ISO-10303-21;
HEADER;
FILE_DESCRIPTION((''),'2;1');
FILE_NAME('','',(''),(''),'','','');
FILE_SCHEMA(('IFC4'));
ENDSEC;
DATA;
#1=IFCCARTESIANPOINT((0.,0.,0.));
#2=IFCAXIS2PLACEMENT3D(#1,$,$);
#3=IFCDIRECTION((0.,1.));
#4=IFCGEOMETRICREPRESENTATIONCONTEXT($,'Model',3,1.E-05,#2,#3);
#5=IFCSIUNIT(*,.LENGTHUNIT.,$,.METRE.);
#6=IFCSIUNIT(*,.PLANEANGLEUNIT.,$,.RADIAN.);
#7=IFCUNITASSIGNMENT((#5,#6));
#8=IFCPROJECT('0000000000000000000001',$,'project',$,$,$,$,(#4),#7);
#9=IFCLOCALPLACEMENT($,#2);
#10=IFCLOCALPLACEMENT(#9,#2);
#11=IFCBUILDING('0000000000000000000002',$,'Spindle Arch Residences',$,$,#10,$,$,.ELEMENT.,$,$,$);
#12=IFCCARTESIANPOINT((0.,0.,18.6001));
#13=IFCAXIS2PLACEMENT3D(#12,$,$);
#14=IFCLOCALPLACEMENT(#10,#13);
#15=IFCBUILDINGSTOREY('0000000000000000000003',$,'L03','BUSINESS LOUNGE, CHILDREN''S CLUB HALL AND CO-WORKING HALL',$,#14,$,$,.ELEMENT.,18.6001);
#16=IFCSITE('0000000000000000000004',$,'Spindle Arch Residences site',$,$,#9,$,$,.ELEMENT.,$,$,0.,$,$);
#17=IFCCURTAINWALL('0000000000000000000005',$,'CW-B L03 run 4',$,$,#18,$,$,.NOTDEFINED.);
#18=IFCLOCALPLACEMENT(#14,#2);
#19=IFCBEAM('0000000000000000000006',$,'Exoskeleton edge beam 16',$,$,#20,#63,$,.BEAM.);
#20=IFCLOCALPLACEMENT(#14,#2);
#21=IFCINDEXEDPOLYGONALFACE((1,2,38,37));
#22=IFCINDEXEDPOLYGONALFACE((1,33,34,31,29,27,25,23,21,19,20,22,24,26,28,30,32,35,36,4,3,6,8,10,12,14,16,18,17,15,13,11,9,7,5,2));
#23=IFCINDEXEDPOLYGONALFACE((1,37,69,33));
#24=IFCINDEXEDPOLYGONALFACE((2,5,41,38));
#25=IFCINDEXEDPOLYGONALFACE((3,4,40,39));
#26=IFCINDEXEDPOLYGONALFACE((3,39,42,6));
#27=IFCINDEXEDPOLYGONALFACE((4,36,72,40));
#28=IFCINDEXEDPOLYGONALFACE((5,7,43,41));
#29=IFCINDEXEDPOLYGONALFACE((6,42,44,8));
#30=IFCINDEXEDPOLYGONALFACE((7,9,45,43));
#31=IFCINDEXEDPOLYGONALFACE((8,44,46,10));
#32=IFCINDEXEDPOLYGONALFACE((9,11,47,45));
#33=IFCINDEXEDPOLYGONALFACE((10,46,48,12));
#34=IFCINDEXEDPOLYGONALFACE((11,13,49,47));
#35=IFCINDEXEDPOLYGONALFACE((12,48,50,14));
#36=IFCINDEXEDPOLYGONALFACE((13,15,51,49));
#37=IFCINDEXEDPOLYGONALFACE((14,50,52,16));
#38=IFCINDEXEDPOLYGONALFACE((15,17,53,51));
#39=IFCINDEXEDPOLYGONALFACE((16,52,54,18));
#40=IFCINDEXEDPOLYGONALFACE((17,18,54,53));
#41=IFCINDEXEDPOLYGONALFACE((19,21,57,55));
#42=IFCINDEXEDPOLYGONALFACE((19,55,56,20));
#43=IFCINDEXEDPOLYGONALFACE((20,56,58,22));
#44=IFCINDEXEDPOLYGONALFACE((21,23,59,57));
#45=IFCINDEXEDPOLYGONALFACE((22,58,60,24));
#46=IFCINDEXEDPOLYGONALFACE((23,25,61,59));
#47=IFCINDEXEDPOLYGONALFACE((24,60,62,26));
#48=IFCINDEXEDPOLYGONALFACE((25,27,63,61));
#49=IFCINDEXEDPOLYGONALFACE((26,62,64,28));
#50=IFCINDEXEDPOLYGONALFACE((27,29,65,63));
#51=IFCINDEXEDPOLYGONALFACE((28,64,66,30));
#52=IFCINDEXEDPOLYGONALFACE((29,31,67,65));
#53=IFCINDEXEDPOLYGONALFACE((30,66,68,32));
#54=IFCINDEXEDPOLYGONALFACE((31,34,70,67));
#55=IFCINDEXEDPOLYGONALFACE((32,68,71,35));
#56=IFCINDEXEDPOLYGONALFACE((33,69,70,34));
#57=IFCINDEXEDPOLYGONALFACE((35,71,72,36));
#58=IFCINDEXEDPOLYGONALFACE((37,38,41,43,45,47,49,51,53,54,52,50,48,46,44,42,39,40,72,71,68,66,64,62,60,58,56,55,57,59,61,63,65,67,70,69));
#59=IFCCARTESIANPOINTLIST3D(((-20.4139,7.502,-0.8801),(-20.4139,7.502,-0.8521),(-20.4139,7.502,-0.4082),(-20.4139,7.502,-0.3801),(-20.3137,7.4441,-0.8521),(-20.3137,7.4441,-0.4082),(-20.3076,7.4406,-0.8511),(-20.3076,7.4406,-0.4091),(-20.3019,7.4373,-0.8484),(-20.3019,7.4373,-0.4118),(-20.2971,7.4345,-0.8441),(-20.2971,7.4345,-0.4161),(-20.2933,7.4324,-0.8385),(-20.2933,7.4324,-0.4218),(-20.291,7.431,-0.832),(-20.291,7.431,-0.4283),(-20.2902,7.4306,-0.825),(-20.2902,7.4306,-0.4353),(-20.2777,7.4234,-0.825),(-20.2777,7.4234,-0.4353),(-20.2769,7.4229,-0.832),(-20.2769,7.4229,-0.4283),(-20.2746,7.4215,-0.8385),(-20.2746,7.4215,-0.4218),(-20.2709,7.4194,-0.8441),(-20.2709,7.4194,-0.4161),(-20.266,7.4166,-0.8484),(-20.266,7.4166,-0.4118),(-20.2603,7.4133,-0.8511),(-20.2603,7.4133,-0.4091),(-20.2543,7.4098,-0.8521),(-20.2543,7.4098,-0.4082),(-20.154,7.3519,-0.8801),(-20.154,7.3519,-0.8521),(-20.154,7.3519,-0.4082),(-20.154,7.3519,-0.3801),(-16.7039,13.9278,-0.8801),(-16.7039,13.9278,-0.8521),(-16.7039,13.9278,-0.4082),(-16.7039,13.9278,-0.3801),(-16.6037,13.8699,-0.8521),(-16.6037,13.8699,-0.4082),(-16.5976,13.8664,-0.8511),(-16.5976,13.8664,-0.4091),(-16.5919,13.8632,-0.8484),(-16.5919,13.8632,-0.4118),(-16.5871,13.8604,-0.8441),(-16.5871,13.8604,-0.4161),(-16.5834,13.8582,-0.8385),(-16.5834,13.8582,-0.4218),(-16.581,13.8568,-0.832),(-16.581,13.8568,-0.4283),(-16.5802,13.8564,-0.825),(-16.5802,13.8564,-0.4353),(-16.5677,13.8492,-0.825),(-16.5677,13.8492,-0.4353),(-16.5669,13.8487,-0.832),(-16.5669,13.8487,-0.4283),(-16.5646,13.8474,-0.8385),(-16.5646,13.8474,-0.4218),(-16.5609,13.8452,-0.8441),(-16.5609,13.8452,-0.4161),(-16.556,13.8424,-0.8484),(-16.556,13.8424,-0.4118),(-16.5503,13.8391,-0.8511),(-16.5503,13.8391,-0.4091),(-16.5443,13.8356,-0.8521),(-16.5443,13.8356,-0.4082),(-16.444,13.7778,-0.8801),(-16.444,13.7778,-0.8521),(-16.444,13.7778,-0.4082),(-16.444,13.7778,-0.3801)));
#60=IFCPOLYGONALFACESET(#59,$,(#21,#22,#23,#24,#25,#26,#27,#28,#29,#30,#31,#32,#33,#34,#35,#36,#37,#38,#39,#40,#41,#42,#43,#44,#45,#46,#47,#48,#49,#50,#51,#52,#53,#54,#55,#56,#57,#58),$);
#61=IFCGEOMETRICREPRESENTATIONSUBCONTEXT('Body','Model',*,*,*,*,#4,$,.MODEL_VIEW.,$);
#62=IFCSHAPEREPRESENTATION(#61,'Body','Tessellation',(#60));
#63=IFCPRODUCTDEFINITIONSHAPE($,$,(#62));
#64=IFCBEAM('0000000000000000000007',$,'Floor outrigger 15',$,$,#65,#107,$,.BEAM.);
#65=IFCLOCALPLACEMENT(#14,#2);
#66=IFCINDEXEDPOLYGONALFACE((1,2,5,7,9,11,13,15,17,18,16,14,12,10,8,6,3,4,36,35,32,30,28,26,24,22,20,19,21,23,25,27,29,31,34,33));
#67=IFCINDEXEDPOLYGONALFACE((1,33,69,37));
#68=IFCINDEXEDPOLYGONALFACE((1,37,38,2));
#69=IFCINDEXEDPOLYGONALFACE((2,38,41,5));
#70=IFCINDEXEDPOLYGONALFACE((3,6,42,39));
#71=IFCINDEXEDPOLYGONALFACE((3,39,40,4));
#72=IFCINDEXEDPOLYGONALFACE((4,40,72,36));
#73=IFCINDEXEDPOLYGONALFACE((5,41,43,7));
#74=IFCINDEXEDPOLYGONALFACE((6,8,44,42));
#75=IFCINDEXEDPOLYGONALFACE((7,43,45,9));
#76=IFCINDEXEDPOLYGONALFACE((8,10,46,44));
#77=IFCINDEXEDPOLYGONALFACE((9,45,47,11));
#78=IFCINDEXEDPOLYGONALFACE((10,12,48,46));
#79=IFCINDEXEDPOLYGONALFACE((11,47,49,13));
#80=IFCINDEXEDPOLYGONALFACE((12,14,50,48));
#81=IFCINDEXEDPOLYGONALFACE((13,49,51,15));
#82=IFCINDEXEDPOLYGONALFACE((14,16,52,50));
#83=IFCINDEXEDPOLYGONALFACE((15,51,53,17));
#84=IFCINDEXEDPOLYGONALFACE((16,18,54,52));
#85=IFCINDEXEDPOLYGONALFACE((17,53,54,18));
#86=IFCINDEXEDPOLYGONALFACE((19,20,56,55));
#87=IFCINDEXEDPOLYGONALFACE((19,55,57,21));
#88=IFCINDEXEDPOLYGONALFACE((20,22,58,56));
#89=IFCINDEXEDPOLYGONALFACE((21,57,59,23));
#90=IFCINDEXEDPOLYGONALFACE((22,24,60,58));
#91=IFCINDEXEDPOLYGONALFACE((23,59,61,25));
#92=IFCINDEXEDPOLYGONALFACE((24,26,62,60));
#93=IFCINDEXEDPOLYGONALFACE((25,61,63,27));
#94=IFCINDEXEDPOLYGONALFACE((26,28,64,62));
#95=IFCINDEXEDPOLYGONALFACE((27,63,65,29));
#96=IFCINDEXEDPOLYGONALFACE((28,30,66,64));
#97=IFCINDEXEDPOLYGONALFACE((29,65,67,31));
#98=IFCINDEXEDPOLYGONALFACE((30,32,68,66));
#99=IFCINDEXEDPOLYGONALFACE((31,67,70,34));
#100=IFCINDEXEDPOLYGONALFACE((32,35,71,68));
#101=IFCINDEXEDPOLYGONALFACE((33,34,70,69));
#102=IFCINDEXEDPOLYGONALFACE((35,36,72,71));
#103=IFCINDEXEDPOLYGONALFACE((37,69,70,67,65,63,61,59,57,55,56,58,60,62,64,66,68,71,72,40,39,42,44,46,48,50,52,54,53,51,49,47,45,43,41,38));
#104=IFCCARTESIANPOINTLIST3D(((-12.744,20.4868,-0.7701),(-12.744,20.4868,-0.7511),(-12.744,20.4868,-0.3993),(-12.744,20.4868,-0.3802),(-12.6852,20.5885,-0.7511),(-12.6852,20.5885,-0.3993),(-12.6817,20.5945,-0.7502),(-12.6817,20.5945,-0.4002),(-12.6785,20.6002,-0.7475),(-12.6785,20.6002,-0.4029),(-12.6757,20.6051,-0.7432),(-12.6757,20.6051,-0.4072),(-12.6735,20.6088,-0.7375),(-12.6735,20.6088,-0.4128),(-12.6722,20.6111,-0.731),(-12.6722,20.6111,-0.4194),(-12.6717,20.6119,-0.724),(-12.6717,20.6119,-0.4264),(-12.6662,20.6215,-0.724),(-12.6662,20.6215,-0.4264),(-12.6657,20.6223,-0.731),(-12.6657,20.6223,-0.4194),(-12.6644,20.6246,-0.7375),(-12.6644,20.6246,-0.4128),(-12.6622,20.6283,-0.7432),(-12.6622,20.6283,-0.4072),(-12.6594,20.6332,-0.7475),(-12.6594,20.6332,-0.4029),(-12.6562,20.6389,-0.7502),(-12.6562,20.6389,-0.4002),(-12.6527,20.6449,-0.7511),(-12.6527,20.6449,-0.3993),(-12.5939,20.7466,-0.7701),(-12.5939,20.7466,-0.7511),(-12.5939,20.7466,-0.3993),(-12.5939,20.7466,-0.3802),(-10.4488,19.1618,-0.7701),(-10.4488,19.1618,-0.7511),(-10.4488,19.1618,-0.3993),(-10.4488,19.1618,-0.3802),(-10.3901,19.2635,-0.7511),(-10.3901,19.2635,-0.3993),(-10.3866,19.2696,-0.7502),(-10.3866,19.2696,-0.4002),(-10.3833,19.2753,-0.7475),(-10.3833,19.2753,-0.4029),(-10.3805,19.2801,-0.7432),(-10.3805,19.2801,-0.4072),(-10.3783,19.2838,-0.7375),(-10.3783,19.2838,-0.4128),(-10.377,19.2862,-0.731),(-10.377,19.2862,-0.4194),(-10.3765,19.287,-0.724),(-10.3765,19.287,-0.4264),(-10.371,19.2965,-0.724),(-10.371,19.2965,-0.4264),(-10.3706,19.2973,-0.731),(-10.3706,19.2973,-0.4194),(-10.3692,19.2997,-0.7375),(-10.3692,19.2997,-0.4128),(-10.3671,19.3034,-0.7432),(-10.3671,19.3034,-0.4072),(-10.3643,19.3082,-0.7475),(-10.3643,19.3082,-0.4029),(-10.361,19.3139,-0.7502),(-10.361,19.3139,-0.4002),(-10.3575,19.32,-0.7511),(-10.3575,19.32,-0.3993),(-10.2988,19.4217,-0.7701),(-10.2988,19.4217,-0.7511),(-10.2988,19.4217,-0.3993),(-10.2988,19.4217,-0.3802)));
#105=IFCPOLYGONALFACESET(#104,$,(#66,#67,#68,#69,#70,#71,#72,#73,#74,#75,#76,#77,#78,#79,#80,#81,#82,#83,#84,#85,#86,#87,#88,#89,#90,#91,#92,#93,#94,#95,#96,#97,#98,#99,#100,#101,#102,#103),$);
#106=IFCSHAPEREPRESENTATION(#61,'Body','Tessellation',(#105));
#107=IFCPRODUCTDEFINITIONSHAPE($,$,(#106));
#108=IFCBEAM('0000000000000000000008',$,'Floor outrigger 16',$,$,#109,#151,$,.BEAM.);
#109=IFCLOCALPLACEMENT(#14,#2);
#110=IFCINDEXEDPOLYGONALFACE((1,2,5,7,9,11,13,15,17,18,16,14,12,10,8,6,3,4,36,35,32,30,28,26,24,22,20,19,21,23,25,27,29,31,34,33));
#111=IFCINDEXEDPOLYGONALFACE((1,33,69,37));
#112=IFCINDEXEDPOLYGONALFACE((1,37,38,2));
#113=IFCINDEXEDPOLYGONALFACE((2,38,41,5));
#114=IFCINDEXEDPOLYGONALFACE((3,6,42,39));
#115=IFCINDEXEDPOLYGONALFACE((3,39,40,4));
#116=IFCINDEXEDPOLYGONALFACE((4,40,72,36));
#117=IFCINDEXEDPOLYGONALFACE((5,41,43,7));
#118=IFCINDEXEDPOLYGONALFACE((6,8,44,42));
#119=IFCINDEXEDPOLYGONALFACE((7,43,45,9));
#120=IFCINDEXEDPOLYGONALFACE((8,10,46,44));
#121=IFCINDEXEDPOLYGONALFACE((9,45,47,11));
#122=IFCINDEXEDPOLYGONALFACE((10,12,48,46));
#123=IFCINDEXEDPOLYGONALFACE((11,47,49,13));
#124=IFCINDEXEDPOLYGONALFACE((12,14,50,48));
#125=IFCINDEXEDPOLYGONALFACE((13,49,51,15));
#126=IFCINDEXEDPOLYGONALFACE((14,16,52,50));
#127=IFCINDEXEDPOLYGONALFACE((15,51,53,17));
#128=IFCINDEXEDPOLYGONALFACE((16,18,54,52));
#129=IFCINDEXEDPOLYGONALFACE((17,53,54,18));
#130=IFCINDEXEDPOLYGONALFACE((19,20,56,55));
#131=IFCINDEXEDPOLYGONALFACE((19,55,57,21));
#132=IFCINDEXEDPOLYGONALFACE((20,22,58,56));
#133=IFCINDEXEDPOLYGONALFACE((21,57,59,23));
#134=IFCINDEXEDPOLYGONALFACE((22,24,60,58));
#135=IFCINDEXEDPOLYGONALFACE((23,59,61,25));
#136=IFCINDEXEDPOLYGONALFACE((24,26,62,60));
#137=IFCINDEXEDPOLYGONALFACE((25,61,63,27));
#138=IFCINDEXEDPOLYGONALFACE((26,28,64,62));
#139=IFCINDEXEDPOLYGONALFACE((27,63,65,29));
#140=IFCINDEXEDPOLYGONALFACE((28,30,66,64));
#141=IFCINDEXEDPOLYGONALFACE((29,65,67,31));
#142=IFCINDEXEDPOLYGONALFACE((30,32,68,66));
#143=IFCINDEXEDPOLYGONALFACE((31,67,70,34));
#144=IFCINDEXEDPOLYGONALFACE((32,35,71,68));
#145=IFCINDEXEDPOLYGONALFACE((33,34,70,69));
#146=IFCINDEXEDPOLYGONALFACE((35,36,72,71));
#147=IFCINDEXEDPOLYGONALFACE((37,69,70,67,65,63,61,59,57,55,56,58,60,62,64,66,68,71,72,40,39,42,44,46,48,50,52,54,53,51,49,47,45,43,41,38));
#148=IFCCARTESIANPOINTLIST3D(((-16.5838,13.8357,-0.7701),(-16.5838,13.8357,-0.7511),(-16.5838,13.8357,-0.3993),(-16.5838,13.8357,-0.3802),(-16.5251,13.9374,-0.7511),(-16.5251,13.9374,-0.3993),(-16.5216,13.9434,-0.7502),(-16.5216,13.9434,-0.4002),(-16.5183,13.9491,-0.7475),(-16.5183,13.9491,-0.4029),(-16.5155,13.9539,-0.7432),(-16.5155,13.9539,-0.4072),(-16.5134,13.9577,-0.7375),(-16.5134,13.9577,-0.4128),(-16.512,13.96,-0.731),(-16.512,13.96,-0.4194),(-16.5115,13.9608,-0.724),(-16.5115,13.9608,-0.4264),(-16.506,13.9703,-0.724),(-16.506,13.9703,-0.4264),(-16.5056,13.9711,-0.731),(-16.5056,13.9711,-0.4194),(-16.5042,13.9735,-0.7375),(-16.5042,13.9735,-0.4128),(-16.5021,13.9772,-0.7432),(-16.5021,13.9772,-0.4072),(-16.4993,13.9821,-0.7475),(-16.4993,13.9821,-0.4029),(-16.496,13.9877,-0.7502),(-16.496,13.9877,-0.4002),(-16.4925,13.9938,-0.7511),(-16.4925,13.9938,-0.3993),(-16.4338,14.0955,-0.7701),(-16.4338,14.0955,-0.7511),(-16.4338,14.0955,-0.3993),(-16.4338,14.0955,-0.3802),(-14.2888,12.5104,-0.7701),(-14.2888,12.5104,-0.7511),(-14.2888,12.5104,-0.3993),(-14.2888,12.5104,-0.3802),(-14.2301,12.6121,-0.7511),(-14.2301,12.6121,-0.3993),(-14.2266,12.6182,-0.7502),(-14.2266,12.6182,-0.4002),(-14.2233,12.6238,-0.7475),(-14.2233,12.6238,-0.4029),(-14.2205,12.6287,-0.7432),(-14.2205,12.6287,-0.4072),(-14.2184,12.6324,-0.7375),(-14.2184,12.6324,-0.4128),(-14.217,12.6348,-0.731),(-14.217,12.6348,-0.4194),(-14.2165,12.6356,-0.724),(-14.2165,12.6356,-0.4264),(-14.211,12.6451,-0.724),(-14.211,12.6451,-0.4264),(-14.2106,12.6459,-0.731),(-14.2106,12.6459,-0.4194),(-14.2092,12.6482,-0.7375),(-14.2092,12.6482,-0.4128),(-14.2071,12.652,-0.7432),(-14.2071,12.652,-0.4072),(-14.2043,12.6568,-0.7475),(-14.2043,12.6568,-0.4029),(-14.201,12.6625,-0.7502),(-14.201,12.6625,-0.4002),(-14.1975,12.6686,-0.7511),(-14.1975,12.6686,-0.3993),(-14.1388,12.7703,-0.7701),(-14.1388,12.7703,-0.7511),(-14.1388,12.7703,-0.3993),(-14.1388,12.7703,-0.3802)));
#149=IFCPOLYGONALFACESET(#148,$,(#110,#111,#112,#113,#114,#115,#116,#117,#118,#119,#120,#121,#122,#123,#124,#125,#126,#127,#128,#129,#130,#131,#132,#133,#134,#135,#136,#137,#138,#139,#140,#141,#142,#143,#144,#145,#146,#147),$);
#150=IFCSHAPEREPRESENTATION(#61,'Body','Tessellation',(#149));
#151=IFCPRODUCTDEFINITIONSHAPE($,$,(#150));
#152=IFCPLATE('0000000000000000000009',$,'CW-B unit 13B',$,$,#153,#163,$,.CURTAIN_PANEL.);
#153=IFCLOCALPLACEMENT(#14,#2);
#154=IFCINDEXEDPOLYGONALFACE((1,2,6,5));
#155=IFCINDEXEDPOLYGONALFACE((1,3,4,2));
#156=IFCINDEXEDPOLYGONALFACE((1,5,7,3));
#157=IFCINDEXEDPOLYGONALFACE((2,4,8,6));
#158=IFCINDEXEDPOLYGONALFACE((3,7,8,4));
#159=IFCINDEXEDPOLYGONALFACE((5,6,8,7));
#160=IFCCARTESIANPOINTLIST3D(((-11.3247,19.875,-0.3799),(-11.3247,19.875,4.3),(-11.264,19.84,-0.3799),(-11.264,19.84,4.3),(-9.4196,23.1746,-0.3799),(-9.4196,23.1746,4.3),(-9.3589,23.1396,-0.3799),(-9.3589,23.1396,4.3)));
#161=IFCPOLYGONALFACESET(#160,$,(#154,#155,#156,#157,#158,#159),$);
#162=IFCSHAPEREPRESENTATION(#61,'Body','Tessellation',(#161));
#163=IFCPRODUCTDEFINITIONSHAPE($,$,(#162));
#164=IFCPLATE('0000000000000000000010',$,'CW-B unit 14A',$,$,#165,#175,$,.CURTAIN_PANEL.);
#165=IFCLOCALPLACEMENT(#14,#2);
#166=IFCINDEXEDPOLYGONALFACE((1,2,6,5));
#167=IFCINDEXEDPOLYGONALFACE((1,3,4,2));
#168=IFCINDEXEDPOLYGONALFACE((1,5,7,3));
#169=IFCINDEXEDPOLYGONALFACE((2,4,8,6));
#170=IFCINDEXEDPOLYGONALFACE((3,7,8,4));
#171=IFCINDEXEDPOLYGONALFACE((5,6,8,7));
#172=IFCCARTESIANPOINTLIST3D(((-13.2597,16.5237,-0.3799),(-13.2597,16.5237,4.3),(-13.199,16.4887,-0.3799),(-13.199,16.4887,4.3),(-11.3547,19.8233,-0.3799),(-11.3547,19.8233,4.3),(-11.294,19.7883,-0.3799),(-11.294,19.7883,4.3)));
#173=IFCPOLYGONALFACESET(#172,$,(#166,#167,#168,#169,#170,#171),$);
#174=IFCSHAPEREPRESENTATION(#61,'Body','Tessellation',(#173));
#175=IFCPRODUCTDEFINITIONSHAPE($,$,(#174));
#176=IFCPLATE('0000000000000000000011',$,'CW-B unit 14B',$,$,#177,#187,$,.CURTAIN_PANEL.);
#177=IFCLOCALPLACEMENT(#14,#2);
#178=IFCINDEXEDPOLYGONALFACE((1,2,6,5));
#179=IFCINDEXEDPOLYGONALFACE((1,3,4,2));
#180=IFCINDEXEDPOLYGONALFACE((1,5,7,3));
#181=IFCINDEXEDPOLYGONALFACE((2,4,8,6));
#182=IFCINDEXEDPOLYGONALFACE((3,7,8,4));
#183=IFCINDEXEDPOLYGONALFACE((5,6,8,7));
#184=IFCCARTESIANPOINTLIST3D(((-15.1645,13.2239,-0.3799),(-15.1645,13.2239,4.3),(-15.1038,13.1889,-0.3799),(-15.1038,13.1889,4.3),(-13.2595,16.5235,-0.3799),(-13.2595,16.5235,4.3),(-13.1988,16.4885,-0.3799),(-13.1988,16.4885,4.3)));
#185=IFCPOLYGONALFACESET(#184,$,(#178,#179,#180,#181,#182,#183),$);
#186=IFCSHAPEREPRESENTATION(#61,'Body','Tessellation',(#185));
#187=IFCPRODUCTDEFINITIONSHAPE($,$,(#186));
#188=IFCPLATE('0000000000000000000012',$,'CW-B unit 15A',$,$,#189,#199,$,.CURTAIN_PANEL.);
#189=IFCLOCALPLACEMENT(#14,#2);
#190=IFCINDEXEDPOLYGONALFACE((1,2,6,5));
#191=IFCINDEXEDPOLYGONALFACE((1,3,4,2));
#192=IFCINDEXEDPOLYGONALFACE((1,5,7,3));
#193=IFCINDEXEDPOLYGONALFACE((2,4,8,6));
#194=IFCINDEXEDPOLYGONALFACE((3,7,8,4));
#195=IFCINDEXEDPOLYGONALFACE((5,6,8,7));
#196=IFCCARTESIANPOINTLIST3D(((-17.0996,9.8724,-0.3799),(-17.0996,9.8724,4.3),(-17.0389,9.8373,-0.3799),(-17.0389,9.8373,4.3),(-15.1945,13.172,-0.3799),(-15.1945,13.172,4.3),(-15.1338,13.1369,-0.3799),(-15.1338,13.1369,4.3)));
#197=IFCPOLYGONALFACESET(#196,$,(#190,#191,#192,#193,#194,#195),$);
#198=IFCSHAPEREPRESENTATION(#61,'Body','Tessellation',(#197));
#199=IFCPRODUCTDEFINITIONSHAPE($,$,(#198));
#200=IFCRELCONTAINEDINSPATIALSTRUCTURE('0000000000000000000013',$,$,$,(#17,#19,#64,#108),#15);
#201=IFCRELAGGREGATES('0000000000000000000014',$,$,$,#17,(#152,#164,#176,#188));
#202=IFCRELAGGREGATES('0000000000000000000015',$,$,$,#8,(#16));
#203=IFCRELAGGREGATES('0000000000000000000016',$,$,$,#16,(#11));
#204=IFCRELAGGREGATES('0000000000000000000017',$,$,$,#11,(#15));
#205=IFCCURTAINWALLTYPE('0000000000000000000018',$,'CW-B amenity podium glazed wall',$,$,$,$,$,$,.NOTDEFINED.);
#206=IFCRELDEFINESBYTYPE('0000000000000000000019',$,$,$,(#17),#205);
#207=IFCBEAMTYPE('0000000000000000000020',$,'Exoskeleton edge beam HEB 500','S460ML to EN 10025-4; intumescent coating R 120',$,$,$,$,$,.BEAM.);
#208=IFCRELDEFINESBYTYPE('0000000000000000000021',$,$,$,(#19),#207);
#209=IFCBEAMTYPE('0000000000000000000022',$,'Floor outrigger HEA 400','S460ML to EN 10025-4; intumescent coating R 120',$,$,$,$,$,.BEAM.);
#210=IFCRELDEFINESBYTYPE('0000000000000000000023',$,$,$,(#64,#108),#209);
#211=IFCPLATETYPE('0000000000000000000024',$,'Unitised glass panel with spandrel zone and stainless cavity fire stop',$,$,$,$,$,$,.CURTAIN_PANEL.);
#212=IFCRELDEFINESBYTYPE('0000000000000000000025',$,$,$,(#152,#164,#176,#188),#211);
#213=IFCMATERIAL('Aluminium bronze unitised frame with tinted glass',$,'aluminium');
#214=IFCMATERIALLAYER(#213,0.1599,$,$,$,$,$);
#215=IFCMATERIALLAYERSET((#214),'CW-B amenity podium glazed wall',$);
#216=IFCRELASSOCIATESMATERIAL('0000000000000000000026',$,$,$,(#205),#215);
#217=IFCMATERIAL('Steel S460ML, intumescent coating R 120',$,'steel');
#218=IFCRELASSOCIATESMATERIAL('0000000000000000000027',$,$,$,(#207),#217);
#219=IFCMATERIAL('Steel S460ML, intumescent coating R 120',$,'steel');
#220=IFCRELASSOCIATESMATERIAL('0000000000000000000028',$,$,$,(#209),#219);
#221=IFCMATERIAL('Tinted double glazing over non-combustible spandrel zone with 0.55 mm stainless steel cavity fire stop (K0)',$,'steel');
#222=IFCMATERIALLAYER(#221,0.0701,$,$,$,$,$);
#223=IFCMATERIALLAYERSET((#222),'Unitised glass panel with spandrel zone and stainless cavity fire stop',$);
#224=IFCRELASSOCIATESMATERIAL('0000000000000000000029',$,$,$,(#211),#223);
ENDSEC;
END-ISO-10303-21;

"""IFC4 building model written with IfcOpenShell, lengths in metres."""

from ifc_helpers import new_model, si_unit, direction, frame, origin, origin_2d, place, context, subcontext, project, spatial, rectangle, i_section, extrude, material, layer, layer_set, material_profile, profile_set, type_object, element, aggregate, save


model = new_model("IFC4")

# Units and contexts
model_context = context("Model", 3, precision=1e-05, world=origin(), true_north=direction((0.0, 1.0)))
body_context = subcontext(model_context, "Body", "Model", "MODEL_VIEW")
ifc_project = project(units=[si_unit("LENGTHUNIT", "METRE"), si_unit("PLANEANGLEUNIT", "RADIAN")], contexts=[model_context])

# Site, building, storey
site_placement = place(None, origin())
site = spatial("IfcSite", under=ifc_project, at=site_placement, Name="Spindle Arch Residences site", CompositionType="ELEMENT", RefElevation=0.0)
building_placement = place(site_placement, origin())
building = spatial("IfcBuilding", under=site, at=building_placement, Name="Spindle Arch Residences", CompositionType="ELEMENT")
storey_placement = place(building_placement, frame((0.0, 0.0, 18.6001)))
storey = spatial("IfcBuildingStorey", under=building, at=storey_placement, Name="L03", Description="BUSINESS LOUNGE, CHILDREN'S CLUB HALL AND CO-WORKING HALL", CompositionType="ELEMENT", Elevation=18.6001)

# Curtain wall
ifc_material_1 = material(Name="Aluminium bronze unitised frame with tinted glass", Category="aluminium")
ifc_layer_1 = layer(ifc_material_1, 0.1599)
ifc_layer_set_1 = layer_set([ifc_layer_1], Name="CW-B amenity podium glazed wall")
curtain_wall_type = type_object("IfcCurtainWallType", Name="CW-B amenity podium glazed wall", PredefinedType="NOTDEFINED", material=ifc_layer_set_1)
curtain_wall_placement = place(storey_placement, origin())
curtain_wall = element("IfcCurtainWall", 1, at=curtain_wall_placement, inside=storey, type_object=curtain_wall_type, Name="CW-B L03 run 4", PredefinedType="NOTDEFINED")

# Beams
ifc_material_2 = material(Name="Steel S460ML, intumescent coating R 120", Category="steel")
ifc_material_profile_1 = material_profile(ifc_material_2, i_section(OverallWidth=0.3, OverallDepth=0.5, WebThickness=0.0144, FlangeThickness=0.0281, FilletRadius=0.0271, at=origin_2d()), Name="HEB 500")
ifc_profile_set_1 = profile_set([ifc_material_profile_1], Name="Steel S460ML, intumescent coating R 120")
beam_type_1 = type_object("IfcBeamType", Name="Exoskeleton edge beam HEB 500", Description="S460ML to EN 10025-4; intumescent coating R 120", PredefinedType="BEAM", material=ifc_profile_set_1)
beam_1_placement = place(storey_placement, frame((-16.574, 13.8528, -0.6301), z_axis=(-0.500003, -0.866023, 0.0), x_axis=(0.866023, -0.500003, 0.0)))
element("IfcBeam", 2, at=beam_1_placement, inside=storey, type_object=beam_type_1, Name="Exoskeleton edge beam 16", PredefinedType="BEAM", context=body_context, shape_type="SweptSolid", body=[
    extrude(i_section(OverallWidth=0.3, OverallDepth=0.5, WebThickness=0.0144, FlangeThickness=0.0281, FilletRadius=0.0271, at=origin_2d()), origin(), (0.0, 0.0, 1.0), 7.4199),
])
ifc_material_3 = material(Name="Steel S460ML, intumescent coating R 120", Category="steel")
ifc_material_profile_2 = material_profile(ifc_material_3, i_section(OverallWidth=0.3, OverallDepth=0.3899, WebThickness=0.011, FlangeThickness=0.019, FilletRadius=0.0271, at=origin_2d()), Name="HEA 400")
ifc_profile_set_2 = profile_set([ifc_material_profile_2], Name="Steel S460ML, intumescent coating R 120")
beam_type_2 = type_object("IfcBeamType", Name="Floor outrigger HEA 400", Description="S460ML to EN 10025-4; intumescent coating R 120", PredefinedType="BEAM", material=ifc_profile_set_2)
for number, where, z_axis, x_axis, name in (
    (3, (-12.6689, 20.6167, -0.5752), (0.866052, -0.499954, 0.0), (0.499954, 0.866052, 0.0), "Floor outrigger 15"),
    (4, (-16.5088, 13.9656, -0.5752), (0.865989, -0.500063, 0.0), (0.500063, 0.865989, 0.0), "Floor outrigger 16"),
):
    element("IfcBeam", number, at=place(storey_placement, frame(where, z_axis=z_axis, x_axis=x_axis)), inside=storey, type_object=beam_type_2, Name=name, PredefinedType="BEAM", context=body_context, shape_type="SweptSolid", body=[
        extrude(i_section(OverallWidth=0.3, OverallDepth=0.3899, WebThickness=0.011, FlangeThickness=0.019, FilletRadius=0.0271, at=origin_2d()), origin(), (0.0, 0.0, 1.0), 2.6501),
    ])

# Plates
ifc_material_4 = material(Name="Tinted double glazing over non-combustible spandrel zone with 0.55 mm stainless steel cavity fire stop (K0)", Category="steel")
ifc_layer_2 = layer(ifc_material_4, 0.0701)
ifc_layer_set_2 = layer_set([ifc_layer_2], Name="Unitised glass panel with spandrel zone and stainless cavity fire stop")
plate_type = type_object("IfcPlateType", Name="Unitised glass panel with spandrel zone and stainless cavity fire stop", PredefinedType="CURTAIN_PANEL", material=ifc_layer_set_2)
plate_1_placement = place(storey_placement, frame((-10.3418, 21.5073, -0.3799), z_axis=(0.0, 0.0, 1.0), x_axis=(-0.5, -0.866025, 0.0)))
plate_1 = element("IfcPlate", 5, at=plate_1_placement, type_object=plate_type, Name="CW-B unit 13B", PredefinedType="CURTAIN_PANEL", context=body_context, shape_type="SweptSolid", body=[
    extrude(rectangle(XDim=3.8101, YDim=0.0701, at=origin_2d()), origin(), (0.0, 0.0, 1.0), 4.6799),
])
plate_2_placement = place(storey_placement, frame((-12.2769, 18.156, -0.3799), z_axis=(0.0, 0.0, 1.0), x_axis=(-0.5, -0.866025, 0.0)))
plate_2 = element("IfcPlate", 6, at=plate_2_placement, type_object=plate_type, Name="CW-B unit 14A", PredefinedType="CURTAIN_PANEL", context=body_context, shape_type="SweptSolid", body=[
    extrude(rectangle(XDim=3.8101, YDim=0.0701, at=origin_2d()), origin(), (0.0, 0.0, 1.0), 4.6799),
])
plate_3_placement = place(storey_placement, frame((-14.1816, 14.8562, -0.3799), z_axis=(0.0, 0.0, 1.0), x_axis=(-0.5, -0.866025, 0.0)))
plate_3 = element("IfcPlate", 7, at=plate_3_placement, type_object=plate_type, Name="CW-B unit 14B", PredefinedType="CURTAIN_PANEL", context=body_context, shape_type="SweptSolid", body=[
    extrude(rectangle(XDim=3.8101, YDim=0.0701, at=origin_2d()), origin(), (0.0, 0.0, 1.0), 4.6799),
])
plate_4_placement = place(storey_placement, frame((-16.1167, 11.5046, -0.3799), z_axis=(0.0, 0.0, 1.0), x_axis=(-0.5, -0.866025, 0.0)))
plate_4 = element("IfcPlate", 8, at=plate_4_placement, type_object=plate_type, Name="CW-B unit 15A", PredefinedType="CURTAIN_PANEL", context=body_context, shape_type="SweptSolid", body=[
    extrude(rectangle(XDim=3.8101, YDim=0.0701, at=origin_2d()), origin(), (0.0, 0.0, 1.0), 4.6799),
])
aggregate(curtain_wall, [plate_1, plate_2, plate_3, plate_4])

save(model, "model.ifc")
